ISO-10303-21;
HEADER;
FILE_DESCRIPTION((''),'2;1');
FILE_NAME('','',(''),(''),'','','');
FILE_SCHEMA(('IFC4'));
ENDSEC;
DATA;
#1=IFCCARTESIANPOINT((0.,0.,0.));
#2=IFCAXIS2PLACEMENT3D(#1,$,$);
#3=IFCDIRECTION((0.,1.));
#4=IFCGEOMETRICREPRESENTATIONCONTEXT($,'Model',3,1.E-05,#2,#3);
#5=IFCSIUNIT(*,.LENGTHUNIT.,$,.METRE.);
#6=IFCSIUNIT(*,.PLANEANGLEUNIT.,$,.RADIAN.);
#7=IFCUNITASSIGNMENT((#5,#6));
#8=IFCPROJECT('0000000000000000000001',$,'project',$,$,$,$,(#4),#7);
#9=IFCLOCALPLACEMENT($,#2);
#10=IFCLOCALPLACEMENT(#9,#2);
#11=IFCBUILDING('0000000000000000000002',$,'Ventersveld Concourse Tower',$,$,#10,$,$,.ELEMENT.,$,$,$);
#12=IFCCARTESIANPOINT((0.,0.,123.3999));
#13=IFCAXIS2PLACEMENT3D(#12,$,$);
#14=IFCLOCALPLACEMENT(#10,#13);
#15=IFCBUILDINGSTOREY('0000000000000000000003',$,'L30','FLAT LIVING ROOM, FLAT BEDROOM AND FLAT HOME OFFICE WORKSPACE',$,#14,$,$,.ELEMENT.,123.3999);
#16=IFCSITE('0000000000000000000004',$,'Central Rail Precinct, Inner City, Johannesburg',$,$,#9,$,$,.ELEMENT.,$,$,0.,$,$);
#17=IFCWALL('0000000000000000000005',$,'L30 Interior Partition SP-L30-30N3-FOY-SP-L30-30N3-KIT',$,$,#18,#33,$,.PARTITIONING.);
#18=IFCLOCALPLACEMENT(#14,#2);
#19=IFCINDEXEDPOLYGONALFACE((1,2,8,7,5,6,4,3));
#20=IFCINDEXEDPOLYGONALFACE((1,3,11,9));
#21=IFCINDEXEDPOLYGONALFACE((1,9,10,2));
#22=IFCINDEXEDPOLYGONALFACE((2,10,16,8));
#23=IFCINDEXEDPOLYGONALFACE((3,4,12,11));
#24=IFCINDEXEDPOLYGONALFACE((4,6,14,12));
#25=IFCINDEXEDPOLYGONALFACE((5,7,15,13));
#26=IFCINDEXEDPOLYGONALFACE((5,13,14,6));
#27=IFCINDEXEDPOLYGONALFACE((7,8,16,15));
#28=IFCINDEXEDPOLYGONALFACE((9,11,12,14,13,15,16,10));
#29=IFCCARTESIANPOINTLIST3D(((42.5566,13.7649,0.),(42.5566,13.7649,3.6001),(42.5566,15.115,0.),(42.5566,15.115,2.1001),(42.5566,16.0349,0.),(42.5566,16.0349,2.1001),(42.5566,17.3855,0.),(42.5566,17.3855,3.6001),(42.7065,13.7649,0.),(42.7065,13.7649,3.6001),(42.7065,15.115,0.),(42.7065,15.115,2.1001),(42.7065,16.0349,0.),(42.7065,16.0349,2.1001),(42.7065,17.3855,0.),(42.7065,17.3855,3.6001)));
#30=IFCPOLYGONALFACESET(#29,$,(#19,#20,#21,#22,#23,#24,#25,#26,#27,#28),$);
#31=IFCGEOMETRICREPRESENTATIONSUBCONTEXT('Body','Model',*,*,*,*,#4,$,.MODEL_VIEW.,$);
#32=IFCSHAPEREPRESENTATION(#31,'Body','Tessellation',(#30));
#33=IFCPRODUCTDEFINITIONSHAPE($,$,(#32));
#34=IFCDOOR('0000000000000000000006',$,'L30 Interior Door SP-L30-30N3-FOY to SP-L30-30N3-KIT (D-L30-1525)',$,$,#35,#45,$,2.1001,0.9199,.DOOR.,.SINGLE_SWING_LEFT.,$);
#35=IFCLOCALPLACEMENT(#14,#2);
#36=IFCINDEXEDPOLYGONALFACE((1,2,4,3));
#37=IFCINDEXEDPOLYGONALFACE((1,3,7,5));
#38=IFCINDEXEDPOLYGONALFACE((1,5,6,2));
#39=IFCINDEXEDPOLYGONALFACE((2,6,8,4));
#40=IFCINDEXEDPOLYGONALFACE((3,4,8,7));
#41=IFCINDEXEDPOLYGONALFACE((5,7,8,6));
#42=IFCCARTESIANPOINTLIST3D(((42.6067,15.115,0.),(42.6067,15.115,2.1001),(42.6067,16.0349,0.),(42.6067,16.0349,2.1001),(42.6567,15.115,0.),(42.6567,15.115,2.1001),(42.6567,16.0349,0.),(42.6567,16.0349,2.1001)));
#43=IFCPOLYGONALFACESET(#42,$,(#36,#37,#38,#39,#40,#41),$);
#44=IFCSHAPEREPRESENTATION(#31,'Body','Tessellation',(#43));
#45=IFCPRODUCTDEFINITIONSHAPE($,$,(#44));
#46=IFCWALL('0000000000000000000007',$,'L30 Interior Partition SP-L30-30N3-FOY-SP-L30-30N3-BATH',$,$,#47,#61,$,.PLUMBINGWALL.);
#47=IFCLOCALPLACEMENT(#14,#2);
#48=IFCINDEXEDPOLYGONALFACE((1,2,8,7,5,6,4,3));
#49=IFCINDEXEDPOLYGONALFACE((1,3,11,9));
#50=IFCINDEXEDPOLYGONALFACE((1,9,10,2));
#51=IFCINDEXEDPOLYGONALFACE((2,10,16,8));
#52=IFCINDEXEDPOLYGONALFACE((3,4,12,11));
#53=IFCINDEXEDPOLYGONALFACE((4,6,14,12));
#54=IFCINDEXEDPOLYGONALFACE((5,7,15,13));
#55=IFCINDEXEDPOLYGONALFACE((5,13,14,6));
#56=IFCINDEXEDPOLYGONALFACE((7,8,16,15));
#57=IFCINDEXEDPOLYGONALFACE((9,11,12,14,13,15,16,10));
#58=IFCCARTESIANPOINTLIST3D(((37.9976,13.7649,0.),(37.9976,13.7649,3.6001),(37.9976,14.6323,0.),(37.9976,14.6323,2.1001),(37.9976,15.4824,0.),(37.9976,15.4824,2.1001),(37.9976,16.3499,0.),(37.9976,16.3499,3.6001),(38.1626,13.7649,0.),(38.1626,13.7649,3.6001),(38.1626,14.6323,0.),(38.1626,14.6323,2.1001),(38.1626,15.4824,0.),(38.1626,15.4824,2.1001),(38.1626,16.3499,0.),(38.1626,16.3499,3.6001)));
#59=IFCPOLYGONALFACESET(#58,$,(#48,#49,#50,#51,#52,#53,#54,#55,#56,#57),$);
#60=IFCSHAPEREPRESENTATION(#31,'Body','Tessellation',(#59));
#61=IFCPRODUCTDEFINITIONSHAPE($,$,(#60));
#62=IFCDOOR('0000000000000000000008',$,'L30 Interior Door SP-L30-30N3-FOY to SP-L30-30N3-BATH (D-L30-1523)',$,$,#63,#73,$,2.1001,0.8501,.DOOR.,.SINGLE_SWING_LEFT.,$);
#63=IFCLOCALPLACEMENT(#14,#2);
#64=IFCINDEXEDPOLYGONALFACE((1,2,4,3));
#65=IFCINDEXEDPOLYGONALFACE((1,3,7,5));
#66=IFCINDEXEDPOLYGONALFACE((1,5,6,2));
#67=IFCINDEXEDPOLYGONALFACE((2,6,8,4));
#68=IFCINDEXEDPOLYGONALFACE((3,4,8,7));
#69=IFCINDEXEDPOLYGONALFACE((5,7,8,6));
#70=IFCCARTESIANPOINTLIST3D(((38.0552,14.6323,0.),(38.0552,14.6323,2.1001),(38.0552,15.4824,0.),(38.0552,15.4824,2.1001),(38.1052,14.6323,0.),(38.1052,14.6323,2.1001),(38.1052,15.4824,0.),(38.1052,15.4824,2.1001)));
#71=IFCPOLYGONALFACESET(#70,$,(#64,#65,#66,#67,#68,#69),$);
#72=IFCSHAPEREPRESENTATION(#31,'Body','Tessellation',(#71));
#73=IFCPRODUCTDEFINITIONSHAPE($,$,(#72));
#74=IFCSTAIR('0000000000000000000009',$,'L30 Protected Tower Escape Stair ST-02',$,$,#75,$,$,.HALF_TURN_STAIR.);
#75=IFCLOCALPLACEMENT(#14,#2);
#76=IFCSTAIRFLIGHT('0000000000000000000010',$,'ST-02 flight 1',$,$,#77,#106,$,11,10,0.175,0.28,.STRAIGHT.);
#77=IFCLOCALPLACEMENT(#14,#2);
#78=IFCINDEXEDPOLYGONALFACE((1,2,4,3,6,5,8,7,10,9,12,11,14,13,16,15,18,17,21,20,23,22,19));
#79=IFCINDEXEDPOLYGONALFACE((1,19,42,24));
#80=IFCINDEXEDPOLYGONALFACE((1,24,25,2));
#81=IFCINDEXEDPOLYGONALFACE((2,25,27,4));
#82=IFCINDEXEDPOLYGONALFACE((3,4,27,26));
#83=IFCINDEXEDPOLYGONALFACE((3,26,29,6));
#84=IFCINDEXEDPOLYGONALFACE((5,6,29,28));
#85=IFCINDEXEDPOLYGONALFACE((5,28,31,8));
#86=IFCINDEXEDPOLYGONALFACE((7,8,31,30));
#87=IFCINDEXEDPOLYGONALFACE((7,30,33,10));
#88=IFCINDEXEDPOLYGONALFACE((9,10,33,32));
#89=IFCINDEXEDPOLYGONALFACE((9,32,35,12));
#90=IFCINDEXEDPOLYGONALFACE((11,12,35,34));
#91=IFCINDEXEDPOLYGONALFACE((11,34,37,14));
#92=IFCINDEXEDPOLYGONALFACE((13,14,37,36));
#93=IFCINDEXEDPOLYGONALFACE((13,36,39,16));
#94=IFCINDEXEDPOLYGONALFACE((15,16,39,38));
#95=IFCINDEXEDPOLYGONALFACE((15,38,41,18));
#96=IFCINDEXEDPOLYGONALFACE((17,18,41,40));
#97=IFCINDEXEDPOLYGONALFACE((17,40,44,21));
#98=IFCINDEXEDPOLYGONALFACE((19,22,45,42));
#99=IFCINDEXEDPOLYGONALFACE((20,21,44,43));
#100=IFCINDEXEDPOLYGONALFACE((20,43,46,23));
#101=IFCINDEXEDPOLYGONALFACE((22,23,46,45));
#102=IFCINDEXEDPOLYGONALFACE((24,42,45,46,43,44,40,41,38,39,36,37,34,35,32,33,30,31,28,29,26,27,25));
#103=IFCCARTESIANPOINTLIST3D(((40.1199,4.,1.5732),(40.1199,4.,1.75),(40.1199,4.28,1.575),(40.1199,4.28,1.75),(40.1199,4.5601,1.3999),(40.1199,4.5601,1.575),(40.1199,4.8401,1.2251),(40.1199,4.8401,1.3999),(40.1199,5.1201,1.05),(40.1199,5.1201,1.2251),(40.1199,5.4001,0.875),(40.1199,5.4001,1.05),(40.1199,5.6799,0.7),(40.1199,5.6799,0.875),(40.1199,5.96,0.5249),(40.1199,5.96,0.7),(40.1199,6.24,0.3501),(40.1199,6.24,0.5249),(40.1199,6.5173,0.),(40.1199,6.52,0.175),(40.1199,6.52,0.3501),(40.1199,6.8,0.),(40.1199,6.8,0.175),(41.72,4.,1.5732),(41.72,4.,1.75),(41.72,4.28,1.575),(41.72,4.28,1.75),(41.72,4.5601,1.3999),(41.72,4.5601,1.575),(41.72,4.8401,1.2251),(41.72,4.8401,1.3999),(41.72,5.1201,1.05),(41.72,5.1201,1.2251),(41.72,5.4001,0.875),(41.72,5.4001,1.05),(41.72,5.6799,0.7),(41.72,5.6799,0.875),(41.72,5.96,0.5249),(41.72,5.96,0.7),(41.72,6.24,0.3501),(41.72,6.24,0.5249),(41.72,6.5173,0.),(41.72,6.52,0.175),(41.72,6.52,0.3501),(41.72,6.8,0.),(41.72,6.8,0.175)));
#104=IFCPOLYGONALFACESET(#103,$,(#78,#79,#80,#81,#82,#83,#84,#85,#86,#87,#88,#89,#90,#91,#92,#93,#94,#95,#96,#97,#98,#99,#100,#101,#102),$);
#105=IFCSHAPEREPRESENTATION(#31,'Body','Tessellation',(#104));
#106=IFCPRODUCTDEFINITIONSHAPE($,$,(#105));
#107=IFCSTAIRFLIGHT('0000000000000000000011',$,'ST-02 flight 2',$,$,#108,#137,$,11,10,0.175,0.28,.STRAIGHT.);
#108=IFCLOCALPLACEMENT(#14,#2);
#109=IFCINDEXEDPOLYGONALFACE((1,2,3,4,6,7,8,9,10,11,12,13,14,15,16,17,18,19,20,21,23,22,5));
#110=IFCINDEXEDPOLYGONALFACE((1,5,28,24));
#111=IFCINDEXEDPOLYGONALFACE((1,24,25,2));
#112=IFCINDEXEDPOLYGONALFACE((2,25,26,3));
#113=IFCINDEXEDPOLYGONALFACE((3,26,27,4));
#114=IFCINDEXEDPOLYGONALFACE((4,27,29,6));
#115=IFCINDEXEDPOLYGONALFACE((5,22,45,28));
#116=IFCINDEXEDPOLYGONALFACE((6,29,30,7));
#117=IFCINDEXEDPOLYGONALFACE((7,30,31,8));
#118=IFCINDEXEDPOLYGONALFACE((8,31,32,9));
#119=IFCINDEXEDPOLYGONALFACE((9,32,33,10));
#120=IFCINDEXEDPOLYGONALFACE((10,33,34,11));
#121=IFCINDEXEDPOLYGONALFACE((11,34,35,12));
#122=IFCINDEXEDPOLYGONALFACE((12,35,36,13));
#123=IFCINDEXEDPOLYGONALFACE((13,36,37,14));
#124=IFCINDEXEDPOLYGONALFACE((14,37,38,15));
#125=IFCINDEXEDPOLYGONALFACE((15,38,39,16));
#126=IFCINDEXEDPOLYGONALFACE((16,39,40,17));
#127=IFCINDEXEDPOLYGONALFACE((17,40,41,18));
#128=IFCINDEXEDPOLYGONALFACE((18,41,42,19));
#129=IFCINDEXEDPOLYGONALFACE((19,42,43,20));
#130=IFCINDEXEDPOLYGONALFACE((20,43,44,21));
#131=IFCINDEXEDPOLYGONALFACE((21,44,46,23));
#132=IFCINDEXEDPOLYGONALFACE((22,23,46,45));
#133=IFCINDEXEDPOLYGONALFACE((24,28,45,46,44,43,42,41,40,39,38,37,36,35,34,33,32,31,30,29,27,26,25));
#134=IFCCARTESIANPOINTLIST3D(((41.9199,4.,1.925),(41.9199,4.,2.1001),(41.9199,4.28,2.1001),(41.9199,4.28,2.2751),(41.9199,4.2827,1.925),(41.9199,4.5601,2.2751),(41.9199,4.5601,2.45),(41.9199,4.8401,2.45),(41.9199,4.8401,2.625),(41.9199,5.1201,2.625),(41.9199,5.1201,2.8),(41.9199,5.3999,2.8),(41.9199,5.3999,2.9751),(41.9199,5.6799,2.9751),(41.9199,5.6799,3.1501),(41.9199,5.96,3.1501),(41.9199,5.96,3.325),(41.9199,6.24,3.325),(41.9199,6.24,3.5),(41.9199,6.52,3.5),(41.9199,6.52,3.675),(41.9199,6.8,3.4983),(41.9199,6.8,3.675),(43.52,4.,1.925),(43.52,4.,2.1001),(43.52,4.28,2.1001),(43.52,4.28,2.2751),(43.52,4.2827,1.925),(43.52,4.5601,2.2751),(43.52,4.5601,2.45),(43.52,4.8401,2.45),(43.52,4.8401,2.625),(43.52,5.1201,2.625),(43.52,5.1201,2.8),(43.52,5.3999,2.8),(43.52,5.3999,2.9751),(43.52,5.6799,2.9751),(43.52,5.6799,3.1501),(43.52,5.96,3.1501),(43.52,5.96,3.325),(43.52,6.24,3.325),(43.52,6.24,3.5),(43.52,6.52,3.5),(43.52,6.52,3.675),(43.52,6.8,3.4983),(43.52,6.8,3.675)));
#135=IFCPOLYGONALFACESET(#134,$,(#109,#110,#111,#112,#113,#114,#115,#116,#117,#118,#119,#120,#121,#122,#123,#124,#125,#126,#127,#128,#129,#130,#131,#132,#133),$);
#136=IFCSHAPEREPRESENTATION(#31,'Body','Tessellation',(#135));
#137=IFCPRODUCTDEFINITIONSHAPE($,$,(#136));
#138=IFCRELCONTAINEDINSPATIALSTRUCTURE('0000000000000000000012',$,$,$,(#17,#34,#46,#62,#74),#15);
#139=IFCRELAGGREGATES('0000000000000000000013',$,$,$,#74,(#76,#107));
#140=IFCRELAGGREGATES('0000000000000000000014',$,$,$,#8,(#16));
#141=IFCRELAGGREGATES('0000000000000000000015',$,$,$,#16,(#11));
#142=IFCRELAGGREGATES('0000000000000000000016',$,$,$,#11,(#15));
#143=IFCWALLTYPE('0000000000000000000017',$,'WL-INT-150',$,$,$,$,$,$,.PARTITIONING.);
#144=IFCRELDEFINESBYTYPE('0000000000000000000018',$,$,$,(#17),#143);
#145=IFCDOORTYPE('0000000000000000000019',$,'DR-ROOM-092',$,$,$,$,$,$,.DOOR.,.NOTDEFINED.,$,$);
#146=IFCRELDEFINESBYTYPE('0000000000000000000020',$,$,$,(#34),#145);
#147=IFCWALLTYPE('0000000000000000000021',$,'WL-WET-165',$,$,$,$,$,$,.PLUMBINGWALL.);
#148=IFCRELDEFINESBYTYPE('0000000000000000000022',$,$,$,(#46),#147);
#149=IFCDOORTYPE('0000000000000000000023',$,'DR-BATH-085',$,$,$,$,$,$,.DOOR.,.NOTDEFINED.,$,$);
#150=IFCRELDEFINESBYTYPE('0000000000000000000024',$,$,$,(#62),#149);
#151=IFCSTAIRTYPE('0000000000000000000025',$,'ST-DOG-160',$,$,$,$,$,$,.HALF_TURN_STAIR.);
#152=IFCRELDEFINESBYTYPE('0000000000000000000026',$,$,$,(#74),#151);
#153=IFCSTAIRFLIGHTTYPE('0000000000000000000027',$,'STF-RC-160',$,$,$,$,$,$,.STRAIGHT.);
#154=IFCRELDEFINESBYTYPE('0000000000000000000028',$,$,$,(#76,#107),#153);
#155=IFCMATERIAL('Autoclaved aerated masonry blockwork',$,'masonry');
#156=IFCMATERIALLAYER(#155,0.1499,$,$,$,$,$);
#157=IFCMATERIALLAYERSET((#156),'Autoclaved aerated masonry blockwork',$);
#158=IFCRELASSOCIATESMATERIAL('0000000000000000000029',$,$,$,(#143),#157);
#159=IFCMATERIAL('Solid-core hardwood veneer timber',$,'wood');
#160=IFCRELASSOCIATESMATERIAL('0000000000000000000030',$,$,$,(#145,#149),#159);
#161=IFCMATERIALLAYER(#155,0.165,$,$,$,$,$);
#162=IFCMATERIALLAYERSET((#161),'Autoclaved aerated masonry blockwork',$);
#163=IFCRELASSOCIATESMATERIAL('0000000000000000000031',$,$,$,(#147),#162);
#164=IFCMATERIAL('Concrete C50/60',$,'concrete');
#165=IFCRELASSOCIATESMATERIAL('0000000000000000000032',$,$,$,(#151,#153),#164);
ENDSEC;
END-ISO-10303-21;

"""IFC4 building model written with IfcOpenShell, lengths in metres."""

from ifc_helpers import new_model, si_unit, direction, frame, frame_2d, origin, place, context, subcontext, project, spatial, polyline, rectangle, outline, extrude, material, layer, layer_set, type_object, element, fill, aggregate, save


model = new_model("IFC4")

# Units and contexts
model_context = context("Model", 3, precision=1e-05, world=origin(), true_north=direction((0.0, 1.0)))
body_context = subcontext(model_context, "Body", "Model", "MODEL_VIEW")
ifc_project = project(units=[si_unit("LENGTHUNIT", "METRE"), si_unit("PLANEANGLEUNIT", "RADIAN")], contexts=[model_context])

# Site, building, storey
site_placement = place(None, origin())
site = spatial("IfcSite", under=ifc_project, at=site_placement, Name="Central Rail Precinct, Inner City, Johannesburg", CompositionType="ELEMENT", RefElevation=0.0)
building_placement = place(site_placement, origin())
building = spatial("IfcBuilding", under=site, at=building_placement, Name="Ventersveld Concourse Tower", CompositionType="ELEMENT")
storey_placement = place(building_placement, frame((0.0, 0.0, 123.3999)))
storey = spatial("IfcBuildingStorey", under=building, at=storey_placement, Name="L30", Description="FLAT LIVING ROOM, FLAT BEDROOM AND FLAT HOME OFFICE WORKSPACE", CompositionType="ELEMENT", Elevation=123.3999)

# Walls, openings, doors
ifc_material_1 = material(Name="Autoclaved aerated masonry blockwork", Category="masonry")
ifc_layer_1 = layer(ifc_material_1, 0.1499)
ifc_layer_set_1 = layer_set([ifc_layer_1], Name="Autoclaved aerated masonry blockwork")
wall_type_1 = type_object("IfcWallType", Name="WL-INT-150", PredefinedType="PARTITIONING", material=ifc_layer_set_1)
wall_1_placement = place(storey_placement, frame((42.6316, 13.7649, 0.0), z_axis=(0.0, 0.0, 1.0), x_axis=(0.0, 1.0, 0.0)))
wall_1 = element("IfcWall", 1, at=wall_1_placement, inside=storey, type_object=wall_type_1, Name="L30 Interior Partition SP-L30-30N3-FOY-SP-L30-30N3-KIT", PredefinedType="PARTITIONING", context=body_context, shape_type="SweptSolid", body=[
    extrude(rectangle(XDim=3.6206, YDim=0.1499, at=frame_2d((1.8103, 0.0))), origin(), (0.0, 0.0, 1.0), 3.6001),
])
opening_1_placement = place(wall_1_placement, frame((1.3501, 0.0, 0.0)))
opening_1 = element("IfcOpeningElement", 2, at=opening_1_placement, cuts=wall_1, PredefinedType="OPENING", context=body_context, shape_type="SweptSolid", body=[
    extrude(rectangle(XDim=0.9199, YDim=2.1001, at=frame_2d((0.46, 1.05))), frame((0.0, 0.085, 0.0), z_axis=(0.0, -1.0, 0.0), x_axis=(1.0, 0.0, 0.0)), (0.0, 0.0, 1.0), 0.1699),
])
ifc_material_2 = material(Name="Solid-core hardwood veneer timber", Category="wood")
door_type_1 = type_object("IfcDoorType", Name="DR-ROOM-092", OperationType="NOTDEFINED", PredefinedType="DOOR", material=ifc_material_2)
door_1_placement = place(opening_1_placement, origin())
door_1 = element("IfcDoor", 3, at=door_1_placement, inside=storey, type_object=door_type_1, Name="L30 Interior Door SP-L30-30N3-FOY to SP-L30-30N3-KIT (D-L30-1525)", OperationType="SINGLE_SWING_LEFT", OverallHeight=2.1001, OverallWidth=0.9199, PredefinedType="DOOR", context=body_context, shape_type="SweptSolid", body=[
    extrude(rectangle(XDim=0.9199, YDim=2.1001, at=frame_2d((0.46, 1.05))), frame((0.0, 0.0249, 0.0), z_axis=(0.0, -1.0, 0.0), x_axis=(1.0, 0.0, 0.0)), (0.0, 0.0, 1.0), 0.05),
])
fill(opening_1, door_1)
ifc_layer_2 = layer(ifc_material_1, 0.165)
ifc_layer_set_2 = layer_set([ifc_layer_2], Name="Autoclaved aerated masonry blockwork")
wall_type_2 = type_object("IfcWallType", Name="WL-WET-165", PredefinedType="PLUMBINGWALL", material=ifc_layer_set_2)
wall_2_placement = place(storey_placement, frame((38.0801, 13.7649, 0.0), z_axis=(0.0, 0.0, 1.0), x_axis=(0.0, 1.0, 0.0)))
wall_2 = element("IfcWall", 4, at=wall_2_placement, inside=storey, type_object=wall_type_2, Name="L30 Interior Partition SP-L30-30N3-FOY-SP-L30-30N3-BATH", PredefinedType="PLUMBINGWALL", context=body_context, shape_type="SweptSolid", body=[
    extrude(rectangle(XDim=2.585, YDim=0.165, at=frame_2d((1.2925, 0.0))), origin(), (0.0, 0.0, 1.0), 3.6001),
])
opening_2_placement = place(wall_2_placement, frame((0.8674, 0.0, 0.0)))
opening_2 = element("IfcOpeningElement", 5, at=opening_2_placement, cuts=wall_2, PredefinedType="OPENING", context=body_context, shape_type="SweptSolid", body=[
    extrude(rectangle(XDim=0.8501, YDim=2.1001, at=frame_2d((0.425, 1.05))), frame((0.0, 0.0925, 0.0), z_axis=(0.0, -1.0, 0.0), x_axis=(1.0, 0.0, 0.0)), (0.0, 0.0, 1.0), 0.1851),
])
door_type_2 = type_object("IfcDoorType", Name="DR-BATH-085", OperationType="NOTDEFINED", PredefinedType="DOOR", material=ifc_material_2)
door_2_placement = place(opening_2_placement, origin())
door_2 = element("IfcDoor", 6, at=door_2_placement, inside=storey, type_object=door_type_2, Name="L30 Interior Door SP-L30-30N3-FOY to SP-L30-30N3-BATH (D-L30-1523)", OperationType="SINGLE_SWING_LEFT", OverallHeight=2.1001, OverallWidth=0.8501, PredefinedType="DOOR", context=body_context, shape_type="SweptSolid", body=[
    extrude(rectangle(XDim=0.8501, YDim=2.1001, at=frame_2d((0.425, 1.05))), frame((0.0, 0.0249, 0.0), z_axis=(0.0, -1.0, 0.0), x_axis=(1.0, 0.0, 0.0)), (0.0, 0.0, 1.0), 0.05),
])
fill(opening_2, door_2)

# Stair, stair flights
ifc_material_3 = material(Name="Concrete C50/60", Category="concrete")
stair_type = type_object("IfcStairType", Name="ST-DOG-160", PredefinedType="HALF_TURN_STAIR", material=ifc_material_3)
stair_placement = place(storey_placement, origin())
stair = element("IfcStair", 7, at=stair_placement, inside=storey, type_object=stair_type, Name="L30 Protected Tower Escape Stair ST-02", PredefinedType="HALF_TURN_STAIR")
stair_flight_type = type_object("IfcStairFlightType", Name="STF-RC-160", PredefinedType="STRAIGHT", material=ifc_material_3)
stair_flight_1_placement = place(storey_placement, frame((40.9199, 6.8, 0.0), z_axis=(0.0, 0.0, 1.0), x_axis=(0.0, -1.0, 0.0)))
stair_flight_1 = element("IfcStairFlight", 8, at=stair_flight_1_placement, type_object=stair_flight_type, Name="ST-02 flight 1", NumberOfRisers=11, NumberOfTreads=10, PredefinedType="STRAIGHT", RiserHeight=0.175, TreadLength=0.28, context=body_context, shape_type="SweptSolid", body=[
    extrude(outline(polyline([(0.0, 0.0), (0.0, 0.175), (0.28, 0.175), (0.28, 0.3501), (0.5601, 0.3501), (0.5601, 0.5249), (0.8401, 0.5249), (0.8401, 0.7), (1.1201, 0.7), (1.1201, 0.875), (1.3999, 0.875), (1.3999, 1.05), (1.6799, 1.05), (1.6799, 1.2251), (1.96, 1.2251), (1.96, 1.3999), (2.24, 1.3999), (2.24, 1.575), (2.52, 1.575), (2.52, 1.75), (2.8, 1.75), (2.8, 1.925), (2.8, 1.5732), (0.2827, 0.0), (0.0, 0.0)])), frame((0.0, 0.8, 0.0), z_axis=(0.0, -1.0, 0.0), x_axis=(1.0, 0.0, 0.0)), (0.0, 0.0, 1.0), 1.6001),
])
stair_flight_2_placement = place(storey_placement, frame((42.72, 4.0, 1.925), z_axis=(0.0, 0.0, 1.0), x_axis=(0.0, 1.0, 0.0)))
stair_flight_2 = element("IfcStairFlight", 9, at=stair_flight_2_placement, type_object=stair_flight_type, Name="ST-02 flight 2", NumberOfRisers=11, NumberOfTreads=10, PredefinedType="STRAIGHT", RiserHeight=0.175, TreadLength=0.28, context=body_context, shape_type="SweptSolid", body=[
    extrude(outline(polyline([(0.0, 0.0), (0.0, 0.175), (0.28, 0.175), (0.28, 0.3501), (0.5601, 0.3501), (0.5601, 0.5249), (0.8401, 0.5249), (0.8401, 0.7), (1.1201, 0.7), (1.1201, 0.875), (1.3999, 0.875), (1.3999, 1.05), (1.6799, 1.05), (1.6799, 1.2251), (1.96, 1.2251), (1.96, 1.3999), (2.24, 1.3999), (2.24, 1.575), (2.52, 1.575), (2.52, 1.75), (2.8, 1.75), (2.8, 1.925), (2.8, 1.5732), (0.2827, 0.0), (0.0, 0.0)])), frame((0.0, 0.8, 0.0), z_axis=(0.0, -1.0, 0.0), x_axis=(1.0, 0.0, 0.0)), (0.0, 0.0, 1.0), 1.6001),
])
aggregate(stair, [stair_flight_1, stair_flight_2])

save(model, "model.ifc")
